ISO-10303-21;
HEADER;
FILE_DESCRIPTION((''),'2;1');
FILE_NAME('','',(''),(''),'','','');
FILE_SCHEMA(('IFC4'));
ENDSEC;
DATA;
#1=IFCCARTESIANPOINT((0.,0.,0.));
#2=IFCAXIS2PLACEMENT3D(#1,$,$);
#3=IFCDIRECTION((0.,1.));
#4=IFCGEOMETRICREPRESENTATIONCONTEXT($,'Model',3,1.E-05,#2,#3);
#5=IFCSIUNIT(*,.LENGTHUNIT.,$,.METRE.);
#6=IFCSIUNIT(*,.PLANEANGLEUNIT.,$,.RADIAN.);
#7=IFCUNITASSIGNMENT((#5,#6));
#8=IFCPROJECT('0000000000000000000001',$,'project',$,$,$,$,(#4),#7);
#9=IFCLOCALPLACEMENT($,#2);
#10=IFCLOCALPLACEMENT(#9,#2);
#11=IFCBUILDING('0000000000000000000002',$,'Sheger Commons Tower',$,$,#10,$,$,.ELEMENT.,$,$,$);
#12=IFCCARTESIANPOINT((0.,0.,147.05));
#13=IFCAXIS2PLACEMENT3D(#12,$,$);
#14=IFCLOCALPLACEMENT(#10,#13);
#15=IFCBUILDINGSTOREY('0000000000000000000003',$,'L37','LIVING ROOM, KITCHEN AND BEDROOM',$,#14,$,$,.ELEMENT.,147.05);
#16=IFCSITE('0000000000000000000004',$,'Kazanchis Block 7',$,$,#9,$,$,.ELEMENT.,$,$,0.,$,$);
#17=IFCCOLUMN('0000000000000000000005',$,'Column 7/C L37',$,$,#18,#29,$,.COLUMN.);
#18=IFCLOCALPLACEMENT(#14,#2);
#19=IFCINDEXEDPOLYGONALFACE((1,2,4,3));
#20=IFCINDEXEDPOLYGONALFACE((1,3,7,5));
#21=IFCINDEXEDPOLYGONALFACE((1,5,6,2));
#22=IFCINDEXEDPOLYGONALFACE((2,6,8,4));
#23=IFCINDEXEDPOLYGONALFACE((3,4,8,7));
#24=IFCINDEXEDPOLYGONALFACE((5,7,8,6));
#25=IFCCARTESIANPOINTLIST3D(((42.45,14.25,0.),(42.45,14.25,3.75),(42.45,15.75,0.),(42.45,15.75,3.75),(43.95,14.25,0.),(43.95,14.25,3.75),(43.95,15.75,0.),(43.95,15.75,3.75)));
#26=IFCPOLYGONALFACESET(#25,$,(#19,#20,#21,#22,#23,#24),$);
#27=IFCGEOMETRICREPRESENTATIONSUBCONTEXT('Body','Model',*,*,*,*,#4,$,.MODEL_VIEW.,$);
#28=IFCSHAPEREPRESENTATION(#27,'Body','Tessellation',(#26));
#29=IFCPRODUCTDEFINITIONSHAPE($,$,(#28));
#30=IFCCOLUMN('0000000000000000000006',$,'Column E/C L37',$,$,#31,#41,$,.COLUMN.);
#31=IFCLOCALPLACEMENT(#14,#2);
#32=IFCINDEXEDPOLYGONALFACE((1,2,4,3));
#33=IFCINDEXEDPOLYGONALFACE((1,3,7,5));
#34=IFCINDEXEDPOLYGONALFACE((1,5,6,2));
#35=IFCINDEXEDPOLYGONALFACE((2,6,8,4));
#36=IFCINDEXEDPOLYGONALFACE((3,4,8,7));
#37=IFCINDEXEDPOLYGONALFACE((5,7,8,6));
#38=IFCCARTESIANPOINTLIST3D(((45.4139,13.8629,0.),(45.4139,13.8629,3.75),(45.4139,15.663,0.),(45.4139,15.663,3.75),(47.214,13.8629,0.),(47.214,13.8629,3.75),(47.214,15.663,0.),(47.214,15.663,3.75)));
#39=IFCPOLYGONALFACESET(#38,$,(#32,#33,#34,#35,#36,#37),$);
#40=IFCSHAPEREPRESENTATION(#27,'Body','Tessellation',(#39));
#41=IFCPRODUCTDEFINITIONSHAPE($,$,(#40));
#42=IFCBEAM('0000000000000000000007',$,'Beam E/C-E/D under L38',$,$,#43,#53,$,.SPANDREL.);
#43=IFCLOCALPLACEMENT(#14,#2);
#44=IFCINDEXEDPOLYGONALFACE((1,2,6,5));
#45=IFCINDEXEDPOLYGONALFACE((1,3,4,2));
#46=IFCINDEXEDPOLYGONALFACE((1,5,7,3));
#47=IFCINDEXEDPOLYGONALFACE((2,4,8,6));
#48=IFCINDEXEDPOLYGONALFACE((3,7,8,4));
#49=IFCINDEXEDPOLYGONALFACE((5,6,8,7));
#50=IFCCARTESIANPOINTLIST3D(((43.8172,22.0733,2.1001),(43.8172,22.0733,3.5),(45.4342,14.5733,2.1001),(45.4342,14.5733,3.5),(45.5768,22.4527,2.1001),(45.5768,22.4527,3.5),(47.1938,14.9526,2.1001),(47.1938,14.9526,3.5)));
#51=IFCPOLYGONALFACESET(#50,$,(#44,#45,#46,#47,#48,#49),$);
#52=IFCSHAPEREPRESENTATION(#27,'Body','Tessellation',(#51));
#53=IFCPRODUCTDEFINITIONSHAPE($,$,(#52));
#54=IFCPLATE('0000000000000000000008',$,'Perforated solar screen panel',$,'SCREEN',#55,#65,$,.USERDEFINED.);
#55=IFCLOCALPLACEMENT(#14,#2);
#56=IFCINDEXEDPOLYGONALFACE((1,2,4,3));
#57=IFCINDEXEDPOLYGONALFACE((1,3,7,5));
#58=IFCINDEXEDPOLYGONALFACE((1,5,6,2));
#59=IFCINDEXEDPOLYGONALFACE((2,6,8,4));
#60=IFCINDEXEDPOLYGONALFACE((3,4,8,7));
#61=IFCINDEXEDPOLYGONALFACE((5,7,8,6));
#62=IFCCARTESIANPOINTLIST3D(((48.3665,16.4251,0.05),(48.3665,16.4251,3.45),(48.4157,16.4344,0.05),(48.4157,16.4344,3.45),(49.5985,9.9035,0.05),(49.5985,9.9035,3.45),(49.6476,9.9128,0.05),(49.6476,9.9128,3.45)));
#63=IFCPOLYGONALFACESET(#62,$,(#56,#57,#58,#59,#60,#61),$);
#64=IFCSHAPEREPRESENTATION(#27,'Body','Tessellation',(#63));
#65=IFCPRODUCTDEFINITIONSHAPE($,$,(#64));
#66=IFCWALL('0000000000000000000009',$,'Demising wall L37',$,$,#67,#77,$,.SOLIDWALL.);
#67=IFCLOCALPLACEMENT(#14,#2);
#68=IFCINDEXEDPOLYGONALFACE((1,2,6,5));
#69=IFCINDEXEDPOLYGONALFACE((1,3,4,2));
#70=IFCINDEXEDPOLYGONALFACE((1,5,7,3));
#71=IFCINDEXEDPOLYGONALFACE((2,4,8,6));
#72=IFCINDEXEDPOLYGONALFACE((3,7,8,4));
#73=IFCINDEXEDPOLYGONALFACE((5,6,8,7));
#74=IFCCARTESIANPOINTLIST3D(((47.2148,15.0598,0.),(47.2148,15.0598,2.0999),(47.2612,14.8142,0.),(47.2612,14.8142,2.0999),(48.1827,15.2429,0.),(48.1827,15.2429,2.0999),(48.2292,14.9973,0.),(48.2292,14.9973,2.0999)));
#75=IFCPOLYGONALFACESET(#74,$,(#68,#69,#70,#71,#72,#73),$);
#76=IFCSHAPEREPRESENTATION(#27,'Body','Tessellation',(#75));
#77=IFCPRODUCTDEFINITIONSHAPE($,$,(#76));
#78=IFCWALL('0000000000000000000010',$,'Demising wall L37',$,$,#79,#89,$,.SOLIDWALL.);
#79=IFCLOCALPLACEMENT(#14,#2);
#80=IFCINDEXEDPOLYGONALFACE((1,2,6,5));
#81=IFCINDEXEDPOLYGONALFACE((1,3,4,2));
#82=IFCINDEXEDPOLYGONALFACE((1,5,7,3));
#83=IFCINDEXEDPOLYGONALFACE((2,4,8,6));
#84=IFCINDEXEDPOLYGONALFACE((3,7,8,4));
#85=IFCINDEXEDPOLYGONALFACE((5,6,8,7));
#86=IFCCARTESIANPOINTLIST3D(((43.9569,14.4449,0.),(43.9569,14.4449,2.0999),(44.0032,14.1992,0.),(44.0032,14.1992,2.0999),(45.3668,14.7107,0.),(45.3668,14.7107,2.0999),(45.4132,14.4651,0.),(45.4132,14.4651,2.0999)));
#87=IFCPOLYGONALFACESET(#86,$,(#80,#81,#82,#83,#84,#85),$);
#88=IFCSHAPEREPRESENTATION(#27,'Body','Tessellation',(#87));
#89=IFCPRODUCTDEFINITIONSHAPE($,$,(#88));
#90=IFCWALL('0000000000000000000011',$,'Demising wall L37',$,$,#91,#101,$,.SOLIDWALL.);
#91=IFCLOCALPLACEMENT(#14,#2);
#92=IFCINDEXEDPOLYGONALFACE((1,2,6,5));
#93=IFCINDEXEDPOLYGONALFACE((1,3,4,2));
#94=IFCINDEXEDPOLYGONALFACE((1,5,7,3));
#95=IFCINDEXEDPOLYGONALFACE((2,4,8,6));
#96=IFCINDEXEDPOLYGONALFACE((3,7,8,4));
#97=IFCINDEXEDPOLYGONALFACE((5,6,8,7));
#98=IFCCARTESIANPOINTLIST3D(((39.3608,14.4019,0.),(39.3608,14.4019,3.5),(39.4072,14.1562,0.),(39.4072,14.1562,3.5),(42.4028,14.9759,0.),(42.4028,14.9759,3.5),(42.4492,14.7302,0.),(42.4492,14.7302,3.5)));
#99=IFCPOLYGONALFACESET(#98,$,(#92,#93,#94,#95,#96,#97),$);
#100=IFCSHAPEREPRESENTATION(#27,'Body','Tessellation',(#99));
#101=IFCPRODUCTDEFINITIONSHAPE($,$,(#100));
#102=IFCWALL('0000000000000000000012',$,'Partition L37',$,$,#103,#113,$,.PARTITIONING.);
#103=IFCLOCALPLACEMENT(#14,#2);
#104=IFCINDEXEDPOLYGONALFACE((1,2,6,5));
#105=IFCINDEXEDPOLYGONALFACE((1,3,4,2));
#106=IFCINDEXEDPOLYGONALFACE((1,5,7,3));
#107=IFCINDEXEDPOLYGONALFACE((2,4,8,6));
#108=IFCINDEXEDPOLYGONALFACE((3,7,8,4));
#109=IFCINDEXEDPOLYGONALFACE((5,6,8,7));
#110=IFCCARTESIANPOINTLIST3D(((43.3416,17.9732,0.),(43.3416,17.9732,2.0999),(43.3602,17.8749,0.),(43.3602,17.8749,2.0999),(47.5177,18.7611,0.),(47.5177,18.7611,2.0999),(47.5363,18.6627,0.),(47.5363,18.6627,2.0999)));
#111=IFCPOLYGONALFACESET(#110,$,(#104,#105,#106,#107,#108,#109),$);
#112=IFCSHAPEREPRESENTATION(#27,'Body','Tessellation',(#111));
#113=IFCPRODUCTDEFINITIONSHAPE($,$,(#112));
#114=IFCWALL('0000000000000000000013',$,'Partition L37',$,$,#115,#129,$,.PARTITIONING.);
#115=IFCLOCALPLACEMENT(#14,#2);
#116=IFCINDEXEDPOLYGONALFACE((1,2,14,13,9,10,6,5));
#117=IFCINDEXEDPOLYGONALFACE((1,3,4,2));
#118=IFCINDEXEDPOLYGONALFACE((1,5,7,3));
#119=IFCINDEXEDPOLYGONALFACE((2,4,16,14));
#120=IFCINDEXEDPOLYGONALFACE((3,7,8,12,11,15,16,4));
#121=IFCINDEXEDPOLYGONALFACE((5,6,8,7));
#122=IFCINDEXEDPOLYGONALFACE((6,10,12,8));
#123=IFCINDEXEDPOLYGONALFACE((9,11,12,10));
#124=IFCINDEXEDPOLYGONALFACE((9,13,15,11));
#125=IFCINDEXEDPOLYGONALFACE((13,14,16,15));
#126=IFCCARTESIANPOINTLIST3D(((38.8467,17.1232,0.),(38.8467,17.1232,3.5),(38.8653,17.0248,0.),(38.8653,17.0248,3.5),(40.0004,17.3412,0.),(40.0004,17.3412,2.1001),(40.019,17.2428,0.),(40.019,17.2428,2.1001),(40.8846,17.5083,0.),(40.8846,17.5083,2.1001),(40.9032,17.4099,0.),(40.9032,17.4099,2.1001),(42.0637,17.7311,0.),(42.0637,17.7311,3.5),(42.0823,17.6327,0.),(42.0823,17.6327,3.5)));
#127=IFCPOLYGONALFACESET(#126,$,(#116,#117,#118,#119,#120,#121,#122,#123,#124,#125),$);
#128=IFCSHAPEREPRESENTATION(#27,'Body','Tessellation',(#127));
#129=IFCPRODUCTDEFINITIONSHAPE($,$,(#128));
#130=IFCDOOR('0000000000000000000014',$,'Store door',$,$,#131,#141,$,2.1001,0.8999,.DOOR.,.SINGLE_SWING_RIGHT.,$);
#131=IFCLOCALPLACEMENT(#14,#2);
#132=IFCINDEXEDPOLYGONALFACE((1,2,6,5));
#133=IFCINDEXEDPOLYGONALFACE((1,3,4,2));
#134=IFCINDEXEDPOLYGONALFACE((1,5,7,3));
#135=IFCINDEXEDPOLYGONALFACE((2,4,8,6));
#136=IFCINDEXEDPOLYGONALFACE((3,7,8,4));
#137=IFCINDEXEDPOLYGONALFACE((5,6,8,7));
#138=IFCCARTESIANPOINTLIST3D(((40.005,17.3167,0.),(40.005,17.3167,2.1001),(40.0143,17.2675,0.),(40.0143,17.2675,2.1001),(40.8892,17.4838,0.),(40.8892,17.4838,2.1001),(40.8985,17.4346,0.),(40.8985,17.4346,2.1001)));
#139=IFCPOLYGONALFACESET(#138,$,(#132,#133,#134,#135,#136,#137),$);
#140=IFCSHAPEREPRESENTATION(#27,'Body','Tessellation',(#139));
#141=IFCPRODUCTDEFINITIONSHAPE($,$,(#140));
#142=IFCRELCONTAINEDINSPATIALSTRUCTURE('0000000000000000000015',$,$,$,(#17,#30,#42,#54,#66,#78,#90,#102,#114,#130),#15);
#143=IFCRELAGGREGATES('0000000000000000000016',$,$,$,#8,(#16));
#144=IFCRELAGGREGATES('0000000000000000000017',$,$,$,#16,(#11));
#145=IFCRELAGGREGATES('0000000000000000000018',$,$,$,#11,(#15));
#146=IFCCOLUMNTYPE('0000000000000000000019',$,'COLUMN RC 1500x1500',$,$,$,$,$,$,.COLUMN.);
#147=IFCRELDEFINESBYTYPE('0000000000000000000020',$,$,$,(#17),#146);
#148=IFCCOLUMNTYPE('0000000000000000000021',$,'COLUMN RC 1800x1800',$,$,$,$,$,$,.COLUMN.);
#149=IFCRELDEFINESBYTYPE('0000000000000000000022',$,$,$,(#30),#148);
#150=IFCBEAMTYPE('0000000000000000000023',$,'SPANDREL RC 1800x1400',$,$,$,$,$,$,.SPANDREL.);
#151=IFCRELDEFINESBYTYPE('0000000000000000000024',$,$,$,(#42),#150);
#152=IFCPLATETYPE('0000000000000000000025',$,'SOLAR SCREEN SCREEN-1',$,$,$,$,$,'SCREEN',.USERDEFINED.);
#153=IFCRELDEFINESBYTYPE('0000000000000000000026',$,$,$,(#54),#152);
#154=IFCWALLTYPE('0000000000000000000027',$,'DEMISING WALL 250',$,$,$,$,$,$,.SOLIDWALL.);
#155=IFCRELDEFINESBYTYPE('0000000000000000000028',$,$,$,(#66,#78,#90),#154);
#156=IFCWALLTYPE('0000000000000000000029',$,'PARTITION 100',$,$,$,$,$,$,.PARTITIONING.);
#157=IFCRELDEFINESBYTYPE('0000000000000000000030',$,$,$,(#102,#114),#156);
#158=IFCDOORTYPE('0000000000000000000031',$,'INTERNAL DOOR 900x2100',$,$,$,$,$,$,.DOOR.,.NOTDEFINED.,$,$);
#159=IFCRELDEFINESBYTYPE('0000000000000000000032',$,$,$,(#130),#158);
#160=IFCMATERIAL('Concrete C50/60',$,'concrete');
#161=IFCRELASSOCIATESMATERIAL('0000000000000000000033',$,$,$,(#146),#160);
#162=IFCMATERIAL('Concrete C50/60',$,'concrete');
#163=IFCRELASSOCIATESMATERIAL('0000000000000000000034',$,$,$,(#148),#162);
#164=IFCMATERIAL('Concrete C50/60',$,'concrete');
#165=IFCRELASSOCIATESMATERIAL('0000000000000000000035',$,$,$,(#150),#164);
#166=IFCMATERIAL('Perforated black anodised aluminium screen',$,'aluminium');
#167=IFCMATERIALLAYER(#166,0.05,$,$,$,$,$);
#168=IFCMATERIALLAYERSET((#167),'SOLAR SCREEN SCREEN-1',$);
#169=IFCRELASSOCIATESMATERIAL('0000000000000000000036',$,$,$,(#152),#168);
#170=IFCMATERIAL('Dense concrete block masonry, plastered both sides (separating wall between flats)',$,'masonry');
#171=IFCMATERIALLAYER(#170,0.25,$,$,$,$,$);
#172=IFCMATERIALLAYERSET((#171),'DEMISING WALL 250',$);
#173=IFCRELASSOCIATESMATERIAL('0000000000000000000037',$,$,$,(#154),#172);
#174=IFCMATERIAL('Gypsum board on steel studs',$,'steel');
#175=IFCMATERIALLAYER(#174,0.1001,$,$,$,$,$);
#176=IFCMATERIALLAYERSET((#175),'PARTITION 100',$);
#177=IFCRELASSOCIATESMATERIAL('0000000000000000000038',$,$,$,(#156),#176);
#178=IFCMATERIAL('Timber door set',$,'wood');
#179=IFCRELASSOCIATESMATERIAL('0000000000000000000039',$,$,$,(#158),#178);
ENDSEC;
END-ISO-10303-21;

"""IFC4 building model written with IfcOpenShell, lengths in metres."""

from ifc_helpers import new_model, si_unit, direction, frame, frame_2d, origin, origin_2d, place, context, subcontext, project, spatial, rectangle, extrude, material, layer, layer_set, material_profile, profile_set, type_object, element, fill, save


model = new_model("IFC4")

# Units and contexts
model_context = context("Model", 3, precision=1e-05, world=origin(), true_north=direction((0.0, 1.0)))
body_context = subcontext(model_context, "Body", "Model", "MODEL_VIEW")
ifc_project = project(units=[si_unit("LENGTHUNIT", "METRE"), si_unit("PLANEANGLEUNIT", "RADIAN")], contexts=[model_context])

# Site, building, storey
site_placement = place(None, origin())
site = spatial("IfcSite", under=ifc_project, at=site_placement, Name="Kazanchis Block 7", CompositionType="ELEMENT", RefElevation=0.0)
building_placement = place(site_placement, origin())
building = spatial("IfcBuilding", under=site, at=building_placement, Name="Sheger Commons Tower", CompositionType="ELEMENT")
storey_placement = place(building_placement, frame((0.0, 0.0, 147.05)))
storey = spatial("IfcBuildingStorey", under=building, at=storey_placement, Name="L37", Description="LIVING ROOM, KITCHEN AND BEDROOM", CompositionType="ELEMENT", Elevation=147.05)

# Columns
ifc_material_1 = material(Name="Concrete C50/60", Category="concrete")
ifc_material_profile_1 = material_profile(ifc_material_1, rectangle(XDim=1.5, YDim=1.5, at=origin_2d()), Name="RC 1500x1500")
ifc_profile_set_1 = profile_set([ifc_material_profile_1], Name="Concrete C50/60")
column_type_1 = type_object("IfcColumnType", Name="COLUMN RC 1500x1500", PredefinedType="COLUMN", material=ifc_profile_set_1)
column_1_placement = place(storey_placement, frame((43.2, 15.0, 0.0), z_axis=(0.0, 0.0, 1.0), x_axis=(1.0, 0.0, 0.0)))
element("IfcColumn", 1, at=column_1_placement, inside=storey, type_object=column_type_1, Name="Column 7/C L37", PredefinedType="COLUMN", context=body_context, shape_type="SweptSolid", body=[
    extrude(rectangle(XDim=1.5, YDim=1.5, at=origin_2d()), origin(), (0.0, 0.0, 1.0), 3.75),
])
ifc_material_2 = material(Name="Concrete C50/60", Category="concrete")
ifc_material_profile_2 = material_profile(ifc_material_2, rectangle(XDim=1.8, YDim=1.8, at=origin_2d()), Name="RC 1800x1800")
ifc_profile_set_2 = profile_set([ifc_material_profile_2], Name="Concrete C50/60")
column_type_2 = type_object("IfcColumnType", Name="COLUMN RC 1800x1800", PredefinedType="COLUMN", material=ifc_profile_set_2)
column_2_placement = place(storey_placement, frame((46.314, 14.7629, 0.0), z_axis=(0.0, 0.0, 1.0), x_axis=(1.0, 0.0, 0.0)))
element("IfcColumn", 2, at=column_2_placement, inside=storey, type_object=column_type_2, Name="Column E/C L37", PredefinedType="COLUMN", context=body_context, shape_type="SweptSolid", body=[
    extrude(rectangle(XDim=1.8, YDim=1.8, at=origin_2d()), origin(), (0.0, 0.0, 1.0), 3.75),
])

# Beam
ifc_material_3 = material(Name="Concrete C50/60", Category="concrete")
ifc_material_profile_3 = material_profile(ifc_material_3, rectangle(XDim=1.8, YDim=1.3999, at=origin_2d()), Name="RC 1800x1400")
ifc_profile_set_3 = profile_set([ifc_material_profile_3], Name="Concrete C50/60")
beam_type = type_object("IfcBeamType", Name="SPANDREL RC 1800x1400", PredefinedType="SPANDREL", material=ifc_profile_set_3)
beam_placement = place(storey_placement, frame((46.314, 14.7629, 2.8), z_axis=(-0.21075, 0.97754, 0.0), x_axis=(-0.97754, -0.21075, 0.0)))
element("IfcBeam", 3, at=beam_placement, inside=storey, type_object=beam_type, Name="Beam E/C-E/D under L38", PredefinedType="SPANDREL", context=body_context, shape_type="SweptSolid", body=[
    extrude(rectangle(XDim=1.8, YDim=1.3999, at=origin_2d()), origin(), (0.0, 0.0, 1.0), 7.6724),
])

# Plate
ifc_material_4 = material(Name="Perforated black anodised aluminium screen", Category="aluminium")
ifc_layer_1 = layer(ifc_material_4, 0.05)
ifc_layer_set_1 = layer_set([ifc_layer_1], Name="SOLAR SCREEN SCREEN-1")
plate_type = type_object("IfcPlateType", Name="SOLAR SCREEN SCREEN-1", ElementType="SCREEN", PredefinedType="USERDEFINED", material=ifc_layer_set_1)
plate_placement = place(storey_placement, frame((49.0071, 13.1689, 0.05), z_axis=(0.0, 0.0, 1.0), x_axis=(-0.185615, 0.982623, 0.0)))
element("IfcPlate", 4, at=plate_placement, inside=storey, type_object=plate_type, Name="Perforated solar screen panel", ObjectType="SCREEN", PredefinedType="USERDEFINED", context=body_context, shape_type="SweptSolid", body=[
    extrude(rectangle(XDim=6.637, YDim=0.05, at=origin_2d()), origin(), (0.0, 0.0, 1.0), 3.3999),
])

# Walls
ifc_material_5 = material(Name="Dense concrete block masonry, plastered both sides (separating wall between flats)", Category="masonry")
ifc_layer_2 = layer(ifc_material_5, 0.25)
ifc_layer_set_2 = layer_set([ifc_layer_2], Name="DEMISING WALL 250")
wall_type_1 = type_object("IfcWallType", Name="DEMISING WALL 250", PredefinedType="SOLIDWALL", material=ifc_layer_set_2)
wall_1_placement = place(storey_placement, frame((48.2061, 15.1201, 0.0), z_axis=(0.0, 0.0, 1.0), x_axis=(-0.982576, -0.185859, 0.0)))
element("IfcWall", 5, at=wall_1_placement, inside=storey, type_object=wall_type_1, Name="Demising wall L37", PredefinedType="SOLIDWALL", context=body_context, shape_type="SweptSolid", body=[
    extrude(rectangle(XDim=0.9851, YDim=0.25, at=frame_2d((0.4927, 0.0))), origin(), (0.0, 0.0, 1.0), 2.0999),
])
wall_2_placement = place(storey_placement, frame((45.3899, 14.5879, 0.0), z_axis=(0.0, 0.0, 1.0), x_axis=(-0.982681, -0.185306, 0.0)))
element("IfcWall", 6, at=wall_2_placement, inside=storey, type_object=wall_type_1, Name="Demising wall L37", PredefinedType="SOLIDWALL", context=body_context, shape_type="SweptSolid", body=[
    extrude(rectangle(XDim=1.4348, YDim=0.25, at=frame_2d((0.7173, 0.0))), origin(), (0.0, 0.0, 1.0), 2.0999),
])
wall_3_placement = place(storey_placement, frame((42.426, 14.853, 0.0), z_axis=(0.0, 0.0, 1.0), x_axis=(-0.982661, -0.185412, 0.0)))
element("IfcWall", 7, at=wall_3_placement, inside=storey, type_object=wall_type_1, Name="Demising wall L37", PredefinedType="SOLIDWALL", context=body_context, shape_type="SweptSolid", body=[
    extrude(rectangle(XDim=3.0957, YDim=0.25, at=frame_2d((1.5479, 0.0))), origin(), (0.0, 0.0, 1.0), 3.5),
])
ifc_material_6 = material(Name="Gypsum board on steel studs", Category="steel")
ifc_layer_3 = layer(ifc_material_6, 0.1001)
ifc_layer_set_3 = layer_set([ifc_layer_3], Name="PARTITION 100")
wall_type_2 = type_object("IfcWallType", Name="PARTITION 100", PredefinedType="PARTITIONING", material=ifc_layer_set_3)
wall_4_placement = place(storey_placement, frame((47.5271, 18.7119, 0.0), z_axis=(0.0, 0.0, 1.0), x_axis=(-0.982665, -0.185388, 0.0)))
element("IfcWall", 8, at=wall_4_placement, inside=storey, type_object=wall_type_2, Name="Partition L37", PredefinedType="PARTITIONING", context=body_context, shape_type="SweptSolid", body=[
    extrude(rectangle(XDim=4.2498, YDim=0.1001, at=frame_2d((2.125, 0.0))), origin(), (0.0, 0.0, 1.0), 2.0999),
])

# Wall, opening, door
wall_5_placement = place(storey_placement, frame((42.073, 17.6819, 0.0), z_axis=(0.0, 0.0, 1.0), x_axis=(-0.98261, -0.18568, 0.0)))
wall_5 = element("IfcWall", 9, at=wall_5_placement, inside=storey, type_object=wall_type_2, Name="Partition L37", PredefinedType="PARTITIONING", context=body_context, shape_type="SweptSolid", body=[
    extrude(rectangle(XDim=3.2739, YDim=0.1001, at=frame_2d((1.637, 0.0))), origin(), (0.0, 0.0, 1.0), 3.5),
])
opening_1_placement = place(wall_5_placement, frame((1.2, 0.0, 0.0)))
opening_1 = element("IfcOpeningElement", 10, at=opening_1_placement, cuts=wall_5, PredefinedType="OPENING", context=body_context, shape_type="SweptSolid", body=[
    extrude(rectangle(XDim=0.8999, YDim=2.1001, at=frame_2d((0.45, 1.05))), frame((0.0, 0.0601, 0.0), z_axis=(0.0, -1.0, 0.0), x_axis=(1.0, 0.0, 0.0)), (0.0, 0.0, 1.0), 0.1201),
])
ifc_material_7 = material(Name="Timber door set", Category="wood")
door_type = type_object("IfcDoorType", Name="INTERNAL DOOR 900x2100", OperationType="NOTDEFINED", PredefinedType="DOOR", material=ifc_material_7)
door_1_placement = place(opening_1_placement, origin())
door_1 = element("IfcDoor", 11, at=door_1_placement, inside=storey, type_object=door_type, Name="Store door", OperationType="SINGLE_SWING_RIGHT", OverallHeight=2.1001, OverallWidth=0.8999, PredefinedType="DOOR", context=body_context, shape_type="SweptSolid", body=[
    extrude(rectangle(XDim=0.8999, YDim=2.1001, at=frame_2d((0.45, 1.05))), frame((0.0, 0.0249, 0.0), z_axis=(0.0, -1.0, 0.0), x_axis=(1.0, 0.0, 0.0)), (0.0, 0.0, 1.0), 0.05),
])
fill(opening_1, door_1)

save(model, "model.ifc")
